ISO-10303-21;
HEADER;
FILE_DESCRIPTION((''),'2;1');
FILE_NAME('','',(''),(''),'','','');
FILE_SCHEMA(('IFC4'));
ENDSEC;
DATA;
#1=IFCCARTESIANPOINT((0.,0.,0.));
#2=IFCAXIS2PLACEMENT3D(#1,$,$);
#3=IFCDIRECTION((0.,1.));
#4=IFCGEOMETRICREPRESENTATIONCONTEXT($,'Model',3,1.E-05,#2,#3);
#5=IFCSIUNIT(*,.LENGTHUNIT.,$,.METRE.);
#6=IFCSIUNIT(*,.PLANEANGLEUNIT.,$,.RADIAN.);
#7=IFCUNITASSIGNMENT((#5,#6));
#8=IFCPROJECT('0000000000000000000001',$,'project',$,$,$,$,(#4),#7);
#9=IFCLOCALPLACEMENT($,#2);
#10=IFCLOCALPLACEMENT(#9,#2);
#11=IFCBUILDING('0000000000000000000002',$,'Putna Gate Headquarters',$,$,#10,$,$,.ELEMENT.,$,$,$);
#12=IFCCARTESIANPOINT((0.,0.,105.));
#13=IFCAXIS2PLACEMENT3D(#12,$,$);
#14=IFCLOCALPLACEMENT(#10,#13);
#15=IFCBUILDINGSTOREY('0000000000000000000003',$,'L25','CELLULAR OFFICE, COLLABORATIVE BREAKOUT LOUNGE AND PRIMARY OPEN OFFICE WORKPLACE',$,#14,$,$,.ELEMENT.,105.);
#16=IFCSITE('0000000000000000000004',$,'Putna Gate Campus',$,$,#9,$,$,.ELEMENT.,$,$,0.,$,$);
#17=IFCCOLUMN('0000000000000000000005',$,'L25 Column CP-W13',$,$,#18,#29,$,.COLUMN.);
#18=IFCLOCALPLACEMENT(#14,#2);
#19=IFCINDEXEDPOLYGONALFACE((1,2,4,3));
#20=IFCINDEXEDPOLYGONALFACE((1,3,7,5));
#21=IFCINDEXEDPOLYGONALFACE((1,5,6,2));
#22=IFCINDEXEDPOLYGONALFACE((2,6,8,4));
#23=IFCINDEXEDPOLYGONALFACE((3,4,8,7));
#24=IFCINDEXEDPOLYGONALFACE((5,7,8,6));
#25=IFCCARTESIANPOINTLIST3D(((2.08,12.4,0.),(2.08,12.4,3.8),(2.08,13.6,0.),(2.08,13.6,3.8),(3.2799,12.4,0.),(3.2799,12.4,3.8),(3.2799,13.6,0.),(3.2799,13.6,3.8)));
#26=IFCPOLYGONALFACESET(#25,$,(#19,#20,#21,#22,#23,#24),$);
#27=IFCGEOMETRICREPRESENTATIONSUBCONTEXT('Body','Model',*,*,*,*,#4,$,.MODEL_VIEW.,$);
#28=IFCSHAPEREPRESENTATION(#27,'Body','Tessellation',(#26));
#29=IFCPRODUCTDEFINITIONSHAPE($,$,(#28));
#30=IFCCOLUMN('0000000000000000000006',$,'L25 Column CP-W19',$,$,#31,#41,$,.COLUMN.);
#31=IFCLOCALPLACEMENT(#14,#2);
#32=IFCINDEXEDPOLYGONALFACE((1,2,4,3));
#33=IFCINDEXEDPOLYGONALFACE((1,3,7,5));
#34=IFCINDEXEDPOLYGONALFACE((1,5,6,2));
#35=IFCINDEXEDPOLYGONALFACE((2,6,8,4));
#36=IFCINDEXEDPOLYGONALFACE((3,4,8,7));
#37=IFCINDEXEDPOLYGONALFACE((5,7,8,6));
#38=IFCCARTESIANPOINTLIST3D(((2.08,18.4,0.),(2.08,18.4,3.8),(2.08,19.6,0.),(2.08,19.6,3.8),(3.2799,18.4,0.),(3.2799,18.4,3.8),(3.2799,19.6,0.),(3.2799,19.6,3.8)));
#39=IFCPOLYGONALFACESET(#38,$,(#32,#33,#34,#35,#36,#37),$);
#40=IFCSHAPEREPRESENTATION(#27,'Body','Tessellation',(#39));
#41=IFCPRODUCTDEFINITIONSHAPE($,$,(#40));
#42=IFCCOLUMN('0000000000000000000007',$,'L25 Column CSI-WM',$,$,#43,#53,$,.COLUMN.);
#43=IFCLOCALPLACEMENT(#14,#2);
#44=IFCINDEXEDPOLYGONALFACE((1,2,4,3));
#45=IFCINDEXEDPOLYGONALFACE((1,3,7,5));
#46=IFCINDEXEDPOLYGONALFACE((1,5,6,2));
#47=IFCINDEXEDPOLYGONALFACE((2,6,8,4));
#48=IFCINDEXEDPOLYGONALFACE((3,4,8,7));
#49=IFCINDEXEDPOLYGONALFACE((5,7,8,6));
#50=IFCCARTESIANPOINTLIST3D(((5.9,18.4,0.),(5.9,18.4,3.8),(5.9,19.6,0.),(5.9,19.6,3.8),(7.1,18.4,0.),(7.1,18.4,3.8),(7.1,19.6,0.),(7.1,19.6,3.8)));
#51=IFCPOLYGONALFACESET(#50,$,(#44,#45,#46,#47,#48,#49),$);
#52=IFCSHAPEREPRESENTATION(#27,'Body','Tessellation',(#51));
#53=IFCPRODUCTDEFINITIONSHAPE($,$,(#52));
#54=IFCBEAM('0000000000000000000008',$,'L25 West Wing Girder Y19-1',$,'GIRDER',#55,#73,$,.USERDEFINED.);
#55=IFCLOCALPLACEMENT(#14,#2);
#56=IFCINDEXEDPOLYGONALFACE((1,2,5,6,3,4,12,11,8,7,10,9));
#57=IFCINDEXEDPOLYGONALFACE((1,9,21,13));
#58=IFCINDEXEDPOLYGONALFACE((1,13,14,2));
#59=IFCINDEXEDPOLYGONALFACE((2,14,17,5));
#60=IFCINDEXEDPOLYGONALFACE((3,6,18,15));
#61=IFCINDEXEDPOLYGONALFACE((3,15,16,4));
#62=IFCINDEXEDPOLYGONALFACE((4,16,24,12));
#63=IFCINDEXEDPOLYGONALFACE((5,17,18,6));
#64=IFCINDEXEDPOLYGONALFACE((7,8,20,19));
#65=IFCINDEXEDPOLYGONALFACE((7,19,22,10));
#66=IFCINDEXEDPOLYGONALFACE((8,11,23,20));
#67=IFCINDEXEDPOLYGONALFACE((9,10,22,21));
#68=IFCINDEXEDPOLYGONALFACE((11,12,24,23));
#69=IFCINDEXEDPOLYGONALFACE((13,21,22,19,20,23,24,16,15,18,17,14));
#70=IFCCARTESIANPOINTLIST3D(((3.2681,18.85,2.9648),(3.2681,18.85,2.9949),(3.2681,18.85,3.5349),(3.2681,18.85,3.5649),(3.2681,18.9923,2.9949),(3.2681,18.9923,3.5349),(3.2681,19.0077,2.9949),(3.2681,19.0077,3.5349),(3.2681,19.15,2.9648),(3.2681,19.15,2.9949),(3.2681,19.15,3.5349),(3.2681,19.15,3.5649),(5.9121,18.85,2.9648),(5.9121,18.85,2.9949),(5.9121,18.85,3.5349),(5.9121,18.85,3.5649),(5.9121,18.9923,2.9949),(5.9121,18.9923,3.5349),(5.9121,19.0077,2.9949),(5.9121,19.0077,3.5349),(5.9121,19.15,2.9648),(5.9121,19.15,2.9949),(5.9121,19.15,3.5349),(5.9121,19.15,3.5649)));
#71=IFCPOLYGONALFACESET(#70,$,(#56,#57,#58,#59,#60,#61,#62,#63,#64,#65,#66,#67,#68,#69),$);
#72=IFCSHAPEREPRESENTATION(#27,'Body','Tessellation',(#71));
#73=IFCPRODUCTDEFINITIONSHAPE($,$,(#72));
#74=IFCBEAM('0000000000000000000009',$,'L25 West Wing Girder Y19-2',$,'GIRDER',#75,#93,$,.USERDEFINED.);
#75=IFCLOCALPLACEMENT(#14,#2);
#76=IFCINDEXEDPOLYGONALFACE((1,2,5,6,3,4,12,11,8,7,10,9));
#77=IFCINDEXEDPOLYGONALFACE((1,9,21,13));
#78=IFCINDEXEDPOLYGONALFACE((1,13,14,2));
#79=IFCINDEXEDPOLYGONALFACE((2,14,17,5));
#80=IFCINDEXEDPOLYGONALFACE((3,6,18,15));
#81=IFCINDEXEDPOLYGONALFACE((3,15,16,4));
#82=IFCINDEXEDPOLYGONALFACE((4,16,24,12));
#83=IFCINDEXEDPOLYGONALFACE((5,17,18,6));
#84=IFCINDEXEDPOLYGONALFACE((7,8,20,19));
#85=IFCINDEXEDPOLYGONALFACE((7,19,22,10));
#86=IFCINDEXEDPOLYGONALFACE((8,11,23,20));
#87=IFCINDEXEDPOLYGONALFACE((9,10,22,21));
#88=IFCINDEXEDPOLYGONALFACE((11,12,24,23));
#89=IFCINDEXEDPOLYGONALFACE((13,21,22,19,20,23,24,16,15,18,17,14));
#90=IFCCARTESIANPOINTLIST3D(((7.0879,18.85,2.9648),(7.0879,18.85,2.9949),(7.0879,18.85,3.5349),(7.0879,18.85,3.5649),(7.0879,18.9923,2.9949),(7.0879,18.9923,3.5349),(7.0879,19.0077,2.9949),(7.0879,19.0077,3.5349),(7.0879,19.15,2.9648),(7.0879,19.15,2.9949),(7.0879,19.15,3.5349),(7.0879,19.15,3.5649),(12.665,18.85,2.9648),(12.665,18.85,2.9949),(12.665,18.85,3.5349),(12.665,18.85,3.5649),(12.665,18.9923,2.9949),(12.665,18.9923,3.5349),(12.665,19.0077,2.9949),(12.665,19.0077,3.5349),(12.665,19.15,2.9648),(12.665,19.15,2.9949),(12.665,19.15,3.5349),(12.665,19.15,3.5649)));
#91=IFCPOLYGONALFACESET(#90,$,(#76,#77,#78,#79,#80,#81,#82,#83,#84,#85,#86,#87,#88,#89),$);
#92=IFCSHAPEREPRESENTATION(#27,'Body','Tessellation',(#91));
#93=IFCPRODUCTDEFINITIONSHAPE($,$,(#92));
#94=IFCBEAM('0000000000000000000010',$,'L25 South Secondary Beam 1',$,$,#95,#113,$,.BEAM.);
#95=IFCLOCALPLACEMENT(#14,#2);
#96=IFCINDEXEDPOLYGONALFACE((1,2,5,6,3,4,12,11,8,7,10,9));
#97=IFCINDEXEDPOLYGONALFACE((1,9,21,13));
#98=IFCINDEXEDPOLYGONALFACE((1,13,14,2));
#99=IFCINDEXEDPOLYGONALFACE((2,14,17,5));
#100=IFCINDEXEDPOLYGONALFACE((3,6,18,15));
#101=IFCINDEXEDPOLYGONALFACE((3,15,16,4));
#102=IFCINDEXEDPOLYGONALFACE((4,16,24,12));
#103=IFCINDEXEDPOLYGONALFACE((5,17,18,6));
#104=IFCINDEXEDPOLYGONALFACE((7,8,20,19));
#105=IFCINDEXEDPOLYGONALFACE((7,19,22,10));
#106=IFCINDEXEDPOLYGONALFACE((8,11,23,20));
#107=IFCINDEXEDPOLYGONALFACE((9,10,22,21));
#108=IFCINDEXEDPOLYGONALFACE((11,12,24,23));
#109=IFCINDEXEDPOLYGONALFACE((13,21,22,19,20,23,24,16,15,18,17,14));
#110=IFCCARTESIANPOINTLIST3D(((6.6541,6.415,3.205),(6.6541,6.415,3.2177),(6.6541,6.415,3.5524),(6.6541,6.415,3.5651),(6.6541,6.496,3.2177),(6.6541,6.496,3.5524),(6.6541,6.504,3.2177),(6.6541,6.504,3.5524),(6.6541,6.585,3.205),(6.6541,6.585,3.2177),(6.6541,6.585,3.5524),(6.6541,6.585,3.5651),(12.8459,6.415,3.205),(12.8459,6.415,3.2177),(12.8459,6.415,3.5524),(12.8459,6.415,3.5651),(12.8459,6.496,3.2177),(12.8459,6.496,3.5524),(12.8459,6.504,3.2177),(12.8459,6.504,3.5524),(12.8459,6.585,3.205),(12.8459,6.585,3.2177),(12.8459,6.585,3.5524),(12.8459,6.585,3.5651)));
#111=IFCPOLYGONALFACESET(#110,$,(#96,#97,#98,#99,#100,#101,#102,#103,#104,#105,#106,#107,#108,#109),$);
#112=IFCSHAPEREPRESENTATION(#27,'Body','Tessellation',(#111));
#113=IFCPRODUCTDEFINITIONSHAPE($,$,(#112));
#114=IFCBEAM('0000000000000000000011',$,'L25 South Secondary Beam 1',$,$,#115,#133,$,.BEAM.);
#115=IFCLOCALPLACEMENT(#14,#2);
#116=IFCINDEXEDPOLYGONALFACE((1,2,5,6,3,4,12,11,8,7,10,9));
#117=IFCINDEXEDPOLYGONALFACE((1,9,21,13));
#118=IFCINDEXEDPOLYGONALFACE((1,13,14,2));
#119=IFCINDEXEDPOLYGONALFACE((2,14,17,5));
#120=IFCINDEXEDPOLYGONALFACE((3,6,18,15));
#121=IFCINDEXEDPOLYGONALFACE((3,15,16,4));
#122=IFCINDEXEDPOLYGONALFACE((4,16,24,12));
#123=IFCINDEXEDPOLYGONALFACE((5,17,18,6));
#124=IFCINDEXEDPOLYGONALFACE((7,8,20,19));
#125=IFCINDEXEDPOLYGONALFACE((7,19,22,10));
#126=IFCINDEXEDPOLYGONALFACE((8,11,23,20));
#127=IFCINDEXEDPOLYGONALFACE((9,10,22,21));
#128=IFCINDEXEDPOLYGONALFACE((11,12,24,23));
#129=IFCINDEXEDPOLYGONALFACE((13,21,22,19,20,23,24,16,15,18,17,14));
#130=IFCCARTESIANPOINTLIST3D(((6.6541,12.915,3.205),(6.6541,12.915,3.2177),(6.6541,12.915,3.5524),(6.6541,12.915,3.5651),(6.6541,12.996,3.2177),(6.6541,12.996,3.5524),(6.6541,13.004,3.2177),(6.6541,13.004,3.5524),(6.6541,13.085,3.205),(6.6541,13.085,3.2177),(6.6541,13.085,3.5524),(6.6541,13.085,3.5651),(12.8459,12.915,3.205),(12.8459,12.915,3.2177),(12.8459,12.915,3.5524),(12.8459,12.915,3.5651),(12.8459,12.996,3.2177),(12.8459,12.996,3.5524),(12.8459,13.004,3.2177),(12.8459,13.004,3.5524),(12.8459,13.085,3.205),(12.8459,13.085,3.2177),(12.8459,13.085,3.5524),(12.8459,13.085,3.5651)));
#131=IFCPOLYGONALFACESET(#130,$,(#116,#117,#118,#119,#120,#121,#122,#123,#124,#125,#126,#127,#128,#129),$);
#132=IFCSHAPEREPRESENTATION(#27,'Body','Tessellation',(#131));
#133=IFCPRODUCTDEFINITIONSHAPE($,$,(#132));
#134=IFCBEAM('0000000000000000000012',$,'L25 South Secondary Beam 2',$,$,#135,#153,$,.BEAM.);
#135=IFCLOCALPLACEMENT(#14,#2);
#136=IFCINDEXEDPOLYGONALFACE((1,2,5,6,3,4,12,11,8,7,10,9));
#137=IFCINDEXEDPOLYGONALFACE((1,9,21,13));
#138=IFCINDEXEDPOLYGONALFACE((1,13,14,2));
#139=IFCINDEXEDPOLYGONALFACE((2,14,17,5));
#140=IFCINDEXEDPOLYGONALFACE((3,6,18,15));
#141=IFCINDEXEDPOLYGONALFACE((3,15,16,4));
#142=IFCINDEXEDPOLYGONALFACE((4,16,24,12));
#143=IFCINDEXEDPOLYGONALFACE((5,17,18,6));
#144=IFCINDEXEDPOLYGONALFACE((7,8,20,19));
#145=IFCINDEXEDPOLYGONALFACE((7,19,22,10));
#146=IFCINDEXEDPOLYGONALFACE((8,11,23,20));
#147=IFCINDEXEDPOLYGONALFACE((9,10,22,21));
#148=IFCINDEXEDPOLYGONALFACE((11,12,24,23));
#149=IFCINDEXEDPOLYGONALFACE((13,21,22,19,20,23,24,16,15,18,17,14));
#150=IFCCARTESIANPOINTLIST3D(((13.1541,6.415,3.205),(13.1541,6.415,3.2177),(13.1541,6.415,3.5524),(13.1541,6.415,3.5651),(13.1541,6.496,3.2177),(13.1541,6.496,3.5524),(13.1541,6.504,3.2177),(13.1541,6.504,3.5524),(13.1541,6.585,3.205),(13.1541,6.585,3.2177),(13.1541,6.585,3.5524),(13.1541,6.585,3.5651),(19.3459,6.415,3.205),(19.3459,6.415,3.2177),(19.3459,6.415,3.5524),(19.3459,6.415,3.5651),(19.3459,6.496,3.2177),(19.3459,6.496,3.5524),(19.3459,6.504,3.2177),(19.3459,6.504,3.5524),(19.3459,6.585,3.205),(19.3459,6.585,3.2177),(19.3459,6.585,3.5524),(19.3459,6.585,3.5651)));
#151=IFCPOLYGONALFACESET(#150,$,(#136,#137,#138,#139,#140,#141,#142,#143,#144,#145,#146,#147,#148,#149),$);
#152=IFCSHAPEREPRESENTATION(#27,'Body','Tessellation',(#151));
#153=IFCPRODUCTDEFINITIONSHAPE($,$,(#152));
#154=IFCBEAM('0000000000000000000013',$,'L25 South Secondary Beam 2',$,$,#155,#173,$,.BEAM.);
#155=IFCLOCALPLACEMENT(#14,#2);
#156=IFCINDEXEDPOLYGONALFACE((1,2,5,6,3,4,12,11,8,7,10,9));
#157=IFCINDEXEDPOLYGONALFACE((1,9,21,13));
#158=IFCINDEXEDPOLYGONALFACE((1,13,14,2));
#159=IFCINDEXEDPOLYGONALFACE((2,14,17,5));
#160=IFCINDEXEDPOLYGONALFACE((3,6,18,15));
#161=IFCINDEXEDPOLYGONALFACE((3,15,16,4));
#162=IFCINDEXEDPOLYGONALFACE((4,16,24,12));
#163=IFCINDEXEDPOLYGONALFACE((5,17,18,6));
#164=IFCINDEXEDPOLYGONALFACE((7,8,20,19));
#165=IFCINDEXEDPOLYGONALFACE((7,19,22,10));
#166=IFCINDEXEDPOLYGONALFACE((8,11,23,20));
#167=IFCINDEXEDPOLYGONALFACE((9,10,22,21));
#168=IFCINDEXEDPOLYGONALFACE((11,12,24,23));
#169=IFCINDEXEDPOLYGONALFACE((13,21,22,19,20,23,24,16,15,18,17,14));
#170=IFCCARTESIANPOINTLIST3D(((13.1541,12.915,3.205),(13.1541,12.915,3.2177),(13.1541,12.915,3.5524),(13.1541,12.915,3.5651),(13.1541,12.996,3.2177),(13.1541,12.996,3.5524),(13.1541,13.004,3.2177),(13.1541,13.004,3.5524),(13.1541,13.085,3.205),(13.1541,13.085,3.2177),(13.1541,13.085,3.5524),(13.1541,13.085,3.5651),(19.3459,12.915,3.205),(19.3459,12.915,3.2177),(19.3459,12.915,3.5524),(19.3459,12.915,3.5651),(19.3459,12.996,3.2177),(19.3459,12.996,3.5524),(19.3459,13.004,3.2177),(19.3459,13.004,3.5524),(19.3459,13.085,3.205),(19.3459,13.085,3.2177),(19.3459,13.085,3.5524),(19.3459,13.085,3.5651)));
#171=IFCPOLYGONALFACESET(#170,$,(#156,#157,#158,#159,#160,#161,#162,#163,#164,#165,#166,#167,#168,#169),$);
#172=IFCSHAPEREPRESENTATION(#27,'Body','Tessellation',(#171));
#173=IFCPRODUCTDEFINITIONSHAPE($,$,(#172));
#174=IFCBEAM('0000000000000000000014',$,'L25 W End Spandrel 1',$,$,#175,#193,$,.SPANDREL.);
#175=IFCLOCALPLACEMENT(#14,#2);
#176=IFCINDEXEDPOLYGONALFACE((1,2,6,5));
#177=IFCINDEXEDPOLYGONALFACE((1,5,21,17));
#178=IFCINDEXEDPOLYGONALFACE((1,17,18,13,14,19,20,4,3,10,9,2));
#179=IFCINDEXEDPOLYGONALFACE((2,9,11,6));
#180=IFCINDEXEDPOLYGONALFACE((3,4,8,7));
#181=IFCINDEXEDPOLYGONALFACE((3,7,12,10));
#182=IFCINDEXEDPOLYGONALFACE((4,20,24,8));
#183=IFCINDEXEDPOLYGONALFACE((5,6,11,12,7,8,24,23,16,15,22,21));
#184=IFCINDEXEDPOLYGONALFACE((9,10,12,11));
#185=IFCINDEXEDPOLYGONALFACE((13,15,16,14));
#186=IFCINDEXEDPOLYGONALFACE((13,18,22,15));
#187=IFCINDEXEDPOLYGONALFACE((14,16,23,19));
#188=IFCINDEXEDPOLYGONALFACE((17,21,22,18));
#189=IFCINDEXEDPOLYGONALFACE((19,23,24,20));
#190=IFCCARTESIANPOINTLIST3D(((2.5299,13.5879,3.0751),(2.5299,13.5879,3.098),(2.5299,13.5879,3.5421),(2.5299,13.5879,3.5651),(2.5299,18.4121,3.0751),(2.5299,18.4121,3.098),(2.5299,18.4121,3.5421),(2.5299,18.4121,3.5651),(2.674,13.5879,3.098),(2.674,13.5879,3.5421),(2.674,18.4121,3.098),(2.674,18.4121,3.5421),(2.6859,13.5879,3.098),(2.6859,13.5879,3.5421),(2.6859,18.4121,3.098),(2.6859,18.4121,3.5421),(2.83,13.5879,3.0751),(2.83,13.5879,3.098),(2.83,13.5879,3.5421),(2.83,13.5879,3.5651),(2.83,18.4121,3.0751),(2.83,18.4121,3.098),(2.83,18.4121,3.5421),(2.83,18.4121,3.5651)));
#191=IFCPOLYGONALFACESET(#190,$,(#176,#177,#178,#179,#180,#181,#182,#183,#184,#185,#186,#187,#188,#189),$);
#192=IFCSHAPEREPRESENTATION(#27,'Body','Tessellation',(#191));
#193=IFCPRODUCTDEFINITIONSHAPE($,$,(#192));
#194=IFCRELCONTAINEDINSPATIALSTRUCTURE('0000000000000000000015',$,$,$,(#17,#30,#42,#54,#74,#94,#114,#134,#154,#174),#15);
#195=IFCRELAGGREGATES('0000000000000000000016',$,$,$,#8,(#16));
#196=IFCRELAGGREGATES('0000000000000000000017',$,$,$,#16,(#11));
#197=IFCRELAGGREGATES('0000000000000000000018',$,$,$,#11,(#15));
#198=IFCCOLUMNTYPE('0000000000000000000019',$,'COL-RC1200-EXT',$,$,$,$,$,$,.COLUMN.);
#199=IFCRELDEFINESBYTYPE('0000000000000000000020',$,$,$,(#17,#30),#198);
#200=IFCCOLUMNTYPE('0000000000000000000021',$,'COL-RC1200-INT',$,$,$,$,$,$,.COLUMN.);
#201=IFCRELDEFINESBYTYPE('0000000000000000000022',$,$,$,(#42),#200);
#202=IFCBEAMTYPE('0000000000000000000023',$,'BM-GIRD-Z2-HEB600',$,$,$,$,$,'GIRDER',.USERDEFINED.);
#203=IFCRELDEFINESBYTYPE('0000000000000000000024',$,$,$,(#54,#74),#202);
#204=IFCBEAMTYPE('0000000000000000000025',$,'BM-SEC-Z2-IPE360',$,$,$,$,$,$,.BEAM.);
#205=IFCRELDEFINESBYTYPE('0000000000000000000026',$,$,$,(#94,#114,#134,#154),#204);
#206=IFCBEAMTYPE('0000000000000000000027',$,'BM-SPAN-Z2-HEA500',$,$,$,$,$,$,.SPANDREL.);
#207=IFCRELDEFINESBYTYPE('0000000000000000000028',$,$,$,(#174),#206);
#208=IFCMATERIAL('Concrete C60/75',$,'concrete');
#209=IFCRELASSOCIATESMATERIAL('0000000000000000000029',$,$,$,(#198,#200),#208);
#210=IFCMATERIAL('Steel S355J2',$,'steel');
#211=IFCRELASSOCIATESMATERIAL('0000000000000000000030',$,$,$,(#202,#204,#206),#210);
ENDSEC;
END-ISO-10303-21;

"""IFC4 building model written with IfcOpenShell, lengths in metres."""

from ifc_helpers import new_model, si_unit, direction, frame, origin, origin_2d, place, context, subcontext, project, spatial, rectangle, i_section, extrude, material, material_profile, profile_set, type_object, element, save


model = new_model("IFC4")

# Units and contexts
model_context = context("Model", 3, precision=1e-05, world=origin(), true_north=direction((0.0, 1.0)))
body_context = subcontext(model_context, "Body", "Model", "MODEL_VIEW")
ifc_project = project(units=[si_unit("LENGTHUNIT", "METRE"), si_unit("PLANEANGLEUNIT", "RADIAN")], contexts=[model_context])

# Site, building, storey
site_placement = place(None, origin())
site = spatial("IfcSite", under=ifc_project, at=site_placement, Name="Putna Gate Campus", CompositionType="ELEMENT", RefElevation=0.0)
building_placement = place(site_placement, origin())
building = spatial("IfcBuilding", under=site, at=building_placement, Name="Putna Gate Headquarters", CompositionType="ELEMENT")
storey_placement = place(building_placement, frame((0.0, 0.0, 105.0)))
storey = spatial("IfcBuildingStorey", under=building, at=storey_placement, Name="L25", Description="CELLULAR OFFICE, COLLABORATIVE BREAKOUT LOUNGE AND PRIMARY OPEN OFFICE WORKPLACE", CompositionType="ELEMENT", Elevation=105.0)

# Columns
ifc_material_1 = material(Name="Concrete C60/75", Category="concrete")
ifc_material_profile_1 = material_profile(ifc_material_1, rectangle(XDim=1.2, YDim=1.2, at=origin_2d()), Name="Concrete C60/75")
ifc_profile_set_1 = profile_set([ifc_material_profile_1], Name="Concrete C60/75")
column_type_1 = type_object("IfcColumnType", Name="COL-RC1200-EXT", PredefinedType="COLUMN", material=ifc_profile_set_1)
for number, where, z_axis, x_axis, name in (
    (1, (2.6799, 13.0, 0.0), (0.0, 0.0, 1.0), (1.0, 0.0, 0.0), "L25 Column CP-W13"),
    (2, (2.6799, 19.0, 0.0), (0.0, 0.0, 1.0), (1.0, 0.0, 0.0), "L25 Column CP-W19"),
):
    element("IfcColumn", number, at=place(storey_placement, frame(where, z_axis=z_axis, x_axis=x_axis)), inside=storey, type_object=column_type_1, Name=name, PredefinedType="COLUMN", context=body_context, shape_type="SweptSolid", body=[
        extrude(rectangle(XDim=1.2, YDim=1.2, at=origin_2d()), origin(), (0.0, 0.0, 1.0), 3.8),
    ])
ifc_material_profile_2 = material_profile(ifc_material_1, rectangle(XDim=1.2, YDim=1.2, at=origin_2d()), Name="Concrete C60/75")
ifc_profile_set_2 = profile_set([ifc_material_profile_2], Name="Concrete C60/75")
column_type_2 = type_object("IfcColumnType", Name="COL-RC1200-INT", PredefinedType="COLUMN", material=ifc_profile_set_2)
column_placement = place(storey_placement, frame((6.5, 19.0, 0.0), z_axis=(0.0, 0.0, 1.0), x_axis=(1.0, 0.0, 0.0)))
element("IfcColumn", 3, at=column_placement, inside=storey, type_object=column_type_2, Name="L25 Column CSI-WM", PredefinedType="COLUMN", context=body_context, shape_type="SweptSolid", body=[
    extrude(rectangle(XDim=1.2, YDim=1.2, at=origin_2d()), origin(), (0.0, 0.0, 1.0), 3.8),
])

# Beams
ifc_material_2 = material(Name="Steel S355J2", Category="steel")
ifc_material_profile_3 = material_profile(ifc_material_2, i_section(OverallWidth=0.3, OverallDepth=0.6001, WebThickness=0.0154, FlangeThickness=0.03, at=origin_2d()), Name="Steel S355J2")
ifc_profile_set_3 = profile_set([ifc_material_profile_3], Name="Steel S355J2")
beam_type_1 = type_object("IfcBeamType", Name="BM-GIRD-Z2-HEB600", ElementType="GIRDER", PredefinedType="USERDEFINED", material=ifc_profile_set_3)
beam_1_placement = place(storey_placement, frame((3.2681, 19.0, 3.2649), z_axis=(1.0, 0.0, 0.0), x_axis=(0.0, 1.0, 0.0)))
element("IfcBeam", 4, at=beam_1_placement, inside=storey, type_object=beam_type_1, Name="L25 West Wing Girder Y19-1", ObjectType="GIRDER", PredefinedType="USERDEFINED", context=body_context, shape_type="SweptSolid", body=[
    extrude(i_section(OverallWidth=0.3, OverallDepth=0.6001, WebThickness=0.0154, FlangeThickness=0.03, at=origin_2d()), origin(), (0.0, 0.0, 1.0), 2.644),
])
beam_2_placement = place(storey_placement, frame((7.0879, 19.0, 3.2649), z_axis=(1.0, 0.0, 0.0), x_axis=(0.0, 1.0, 0.0)))
element("IfcBeam", 5, at=beam_2_placement, inside=storey, type_object=beam_type_1, Name="L25 West Wing Girder Y19-2", ObjectType="GIRDER", PredefinedType="USERDEFINED", context=body_context, shape_type="SweptSolid", body=[
    extrude(i_section(OverallWidth=0.3, OverallDepth=0.6001, WebThickness=0.0154, FlangeThickness=0.03, at=origin_2d()), origin(), (0.0, 0.0, 1.0), 5.5771),
])
ifc_material_profile_4 = material_profile(ifc_material_2, i_section(OverallWidth=0.1699, OverallDepth=0.3601, WebThickness=0.0081, FlangeThickness=0.0127, at=origin_2d()), Name="Steel S355J2")
ifc_profile_set_4 = profile_set([ifc_material_profile_4], Name="Steel S355J2")
beam_type_2 = type_object("IfcBeamType", Name="BM-SEC-Z2-IPE360", PredefinedType="BEAM", material=ifc_profile_set_4)
for number, where, z_axis, x_axis, name in (
    (6, (6.6541, 6.5, 3.385), (1.0, 0.0, 0.0), (0.0, 1.0, 0.0), "L25 South Secondary Beam 1"),
    (7, (6.6541, 13.0, 3.385), (1.0, 0.0, 0.0), (0.0, 1.0, 0.0), "L25 South Secondary Beam 1"),
    (8, (13.1541, 6.5, 3.385), (1.0, 0.0, 0.0), (0.0, 1.0, 0.0), "L25 South Secondary Beam 2"),
    (9, (13.1541, 13.0, 3.385), (1.0, 0.0, 0.0), (0.0, 1.0, 0.0), "L25 South Secondary Beam 2"),
):
    element("IfcBeam", number, at=place(storey_placement, frame(where, z_axis=z_axis, x_axis=x_axis)), inside=storey, type_object=beam_type_2, Name=name, PredefinedType="BEAM", context=body_context, shape_type="SweptSolid", body=[
        extrude(i_section(OverallWidth=0.1699, OverallDepth=0.3601, WebThickness=0.0081, FlangeThickness=0.0127, at=origin_2d()), origin(), (0.0, 0.0, 1.0), 6.1919),
    ])
ifc_material_profile_5 = material_profile(ifc_material_2, i_section(OverallWidth=0.3, OverallDepth=0.49, WebThickness=0.012, FlangeThickness=0.0229, at=origin_2d()), Name="Steel S355J2")
ifc_profile_set_5 = profile_set([ifc_material_profile_5], Name="Steel S355J2")
beam_type_3 = type_object("IfcBeamType", Name="BM-SPAN-Z2-HEA500", PredefinedType="SPANDREL", material=ifc_profile_set_5)
beam_3_placement = place(storey_placement, frame((2.6799, 13.5879, 3.3201), z_axis=(0.0, 1.0, 0.0), x_axis=(-1.0, 0.0, 0.0)))
element("IfcBeam", 10, at=beam_3_placement, inside=storey, type_object=beam_type_3, Name="L25 W End Spandrel 1", PredefinedType="SPANDREL", context=body_context, shape_type="SweptSolid", body=[
    extrude(i_section(OverallWidth=0.3, OverallDepth=0.49, WebThickness=0.012, FlangeThickness=0.0229, at=origin_2d()), origin(), (0.0, 0.0, 1.0), 4.8242),
])

save(model, "model.ifc")
